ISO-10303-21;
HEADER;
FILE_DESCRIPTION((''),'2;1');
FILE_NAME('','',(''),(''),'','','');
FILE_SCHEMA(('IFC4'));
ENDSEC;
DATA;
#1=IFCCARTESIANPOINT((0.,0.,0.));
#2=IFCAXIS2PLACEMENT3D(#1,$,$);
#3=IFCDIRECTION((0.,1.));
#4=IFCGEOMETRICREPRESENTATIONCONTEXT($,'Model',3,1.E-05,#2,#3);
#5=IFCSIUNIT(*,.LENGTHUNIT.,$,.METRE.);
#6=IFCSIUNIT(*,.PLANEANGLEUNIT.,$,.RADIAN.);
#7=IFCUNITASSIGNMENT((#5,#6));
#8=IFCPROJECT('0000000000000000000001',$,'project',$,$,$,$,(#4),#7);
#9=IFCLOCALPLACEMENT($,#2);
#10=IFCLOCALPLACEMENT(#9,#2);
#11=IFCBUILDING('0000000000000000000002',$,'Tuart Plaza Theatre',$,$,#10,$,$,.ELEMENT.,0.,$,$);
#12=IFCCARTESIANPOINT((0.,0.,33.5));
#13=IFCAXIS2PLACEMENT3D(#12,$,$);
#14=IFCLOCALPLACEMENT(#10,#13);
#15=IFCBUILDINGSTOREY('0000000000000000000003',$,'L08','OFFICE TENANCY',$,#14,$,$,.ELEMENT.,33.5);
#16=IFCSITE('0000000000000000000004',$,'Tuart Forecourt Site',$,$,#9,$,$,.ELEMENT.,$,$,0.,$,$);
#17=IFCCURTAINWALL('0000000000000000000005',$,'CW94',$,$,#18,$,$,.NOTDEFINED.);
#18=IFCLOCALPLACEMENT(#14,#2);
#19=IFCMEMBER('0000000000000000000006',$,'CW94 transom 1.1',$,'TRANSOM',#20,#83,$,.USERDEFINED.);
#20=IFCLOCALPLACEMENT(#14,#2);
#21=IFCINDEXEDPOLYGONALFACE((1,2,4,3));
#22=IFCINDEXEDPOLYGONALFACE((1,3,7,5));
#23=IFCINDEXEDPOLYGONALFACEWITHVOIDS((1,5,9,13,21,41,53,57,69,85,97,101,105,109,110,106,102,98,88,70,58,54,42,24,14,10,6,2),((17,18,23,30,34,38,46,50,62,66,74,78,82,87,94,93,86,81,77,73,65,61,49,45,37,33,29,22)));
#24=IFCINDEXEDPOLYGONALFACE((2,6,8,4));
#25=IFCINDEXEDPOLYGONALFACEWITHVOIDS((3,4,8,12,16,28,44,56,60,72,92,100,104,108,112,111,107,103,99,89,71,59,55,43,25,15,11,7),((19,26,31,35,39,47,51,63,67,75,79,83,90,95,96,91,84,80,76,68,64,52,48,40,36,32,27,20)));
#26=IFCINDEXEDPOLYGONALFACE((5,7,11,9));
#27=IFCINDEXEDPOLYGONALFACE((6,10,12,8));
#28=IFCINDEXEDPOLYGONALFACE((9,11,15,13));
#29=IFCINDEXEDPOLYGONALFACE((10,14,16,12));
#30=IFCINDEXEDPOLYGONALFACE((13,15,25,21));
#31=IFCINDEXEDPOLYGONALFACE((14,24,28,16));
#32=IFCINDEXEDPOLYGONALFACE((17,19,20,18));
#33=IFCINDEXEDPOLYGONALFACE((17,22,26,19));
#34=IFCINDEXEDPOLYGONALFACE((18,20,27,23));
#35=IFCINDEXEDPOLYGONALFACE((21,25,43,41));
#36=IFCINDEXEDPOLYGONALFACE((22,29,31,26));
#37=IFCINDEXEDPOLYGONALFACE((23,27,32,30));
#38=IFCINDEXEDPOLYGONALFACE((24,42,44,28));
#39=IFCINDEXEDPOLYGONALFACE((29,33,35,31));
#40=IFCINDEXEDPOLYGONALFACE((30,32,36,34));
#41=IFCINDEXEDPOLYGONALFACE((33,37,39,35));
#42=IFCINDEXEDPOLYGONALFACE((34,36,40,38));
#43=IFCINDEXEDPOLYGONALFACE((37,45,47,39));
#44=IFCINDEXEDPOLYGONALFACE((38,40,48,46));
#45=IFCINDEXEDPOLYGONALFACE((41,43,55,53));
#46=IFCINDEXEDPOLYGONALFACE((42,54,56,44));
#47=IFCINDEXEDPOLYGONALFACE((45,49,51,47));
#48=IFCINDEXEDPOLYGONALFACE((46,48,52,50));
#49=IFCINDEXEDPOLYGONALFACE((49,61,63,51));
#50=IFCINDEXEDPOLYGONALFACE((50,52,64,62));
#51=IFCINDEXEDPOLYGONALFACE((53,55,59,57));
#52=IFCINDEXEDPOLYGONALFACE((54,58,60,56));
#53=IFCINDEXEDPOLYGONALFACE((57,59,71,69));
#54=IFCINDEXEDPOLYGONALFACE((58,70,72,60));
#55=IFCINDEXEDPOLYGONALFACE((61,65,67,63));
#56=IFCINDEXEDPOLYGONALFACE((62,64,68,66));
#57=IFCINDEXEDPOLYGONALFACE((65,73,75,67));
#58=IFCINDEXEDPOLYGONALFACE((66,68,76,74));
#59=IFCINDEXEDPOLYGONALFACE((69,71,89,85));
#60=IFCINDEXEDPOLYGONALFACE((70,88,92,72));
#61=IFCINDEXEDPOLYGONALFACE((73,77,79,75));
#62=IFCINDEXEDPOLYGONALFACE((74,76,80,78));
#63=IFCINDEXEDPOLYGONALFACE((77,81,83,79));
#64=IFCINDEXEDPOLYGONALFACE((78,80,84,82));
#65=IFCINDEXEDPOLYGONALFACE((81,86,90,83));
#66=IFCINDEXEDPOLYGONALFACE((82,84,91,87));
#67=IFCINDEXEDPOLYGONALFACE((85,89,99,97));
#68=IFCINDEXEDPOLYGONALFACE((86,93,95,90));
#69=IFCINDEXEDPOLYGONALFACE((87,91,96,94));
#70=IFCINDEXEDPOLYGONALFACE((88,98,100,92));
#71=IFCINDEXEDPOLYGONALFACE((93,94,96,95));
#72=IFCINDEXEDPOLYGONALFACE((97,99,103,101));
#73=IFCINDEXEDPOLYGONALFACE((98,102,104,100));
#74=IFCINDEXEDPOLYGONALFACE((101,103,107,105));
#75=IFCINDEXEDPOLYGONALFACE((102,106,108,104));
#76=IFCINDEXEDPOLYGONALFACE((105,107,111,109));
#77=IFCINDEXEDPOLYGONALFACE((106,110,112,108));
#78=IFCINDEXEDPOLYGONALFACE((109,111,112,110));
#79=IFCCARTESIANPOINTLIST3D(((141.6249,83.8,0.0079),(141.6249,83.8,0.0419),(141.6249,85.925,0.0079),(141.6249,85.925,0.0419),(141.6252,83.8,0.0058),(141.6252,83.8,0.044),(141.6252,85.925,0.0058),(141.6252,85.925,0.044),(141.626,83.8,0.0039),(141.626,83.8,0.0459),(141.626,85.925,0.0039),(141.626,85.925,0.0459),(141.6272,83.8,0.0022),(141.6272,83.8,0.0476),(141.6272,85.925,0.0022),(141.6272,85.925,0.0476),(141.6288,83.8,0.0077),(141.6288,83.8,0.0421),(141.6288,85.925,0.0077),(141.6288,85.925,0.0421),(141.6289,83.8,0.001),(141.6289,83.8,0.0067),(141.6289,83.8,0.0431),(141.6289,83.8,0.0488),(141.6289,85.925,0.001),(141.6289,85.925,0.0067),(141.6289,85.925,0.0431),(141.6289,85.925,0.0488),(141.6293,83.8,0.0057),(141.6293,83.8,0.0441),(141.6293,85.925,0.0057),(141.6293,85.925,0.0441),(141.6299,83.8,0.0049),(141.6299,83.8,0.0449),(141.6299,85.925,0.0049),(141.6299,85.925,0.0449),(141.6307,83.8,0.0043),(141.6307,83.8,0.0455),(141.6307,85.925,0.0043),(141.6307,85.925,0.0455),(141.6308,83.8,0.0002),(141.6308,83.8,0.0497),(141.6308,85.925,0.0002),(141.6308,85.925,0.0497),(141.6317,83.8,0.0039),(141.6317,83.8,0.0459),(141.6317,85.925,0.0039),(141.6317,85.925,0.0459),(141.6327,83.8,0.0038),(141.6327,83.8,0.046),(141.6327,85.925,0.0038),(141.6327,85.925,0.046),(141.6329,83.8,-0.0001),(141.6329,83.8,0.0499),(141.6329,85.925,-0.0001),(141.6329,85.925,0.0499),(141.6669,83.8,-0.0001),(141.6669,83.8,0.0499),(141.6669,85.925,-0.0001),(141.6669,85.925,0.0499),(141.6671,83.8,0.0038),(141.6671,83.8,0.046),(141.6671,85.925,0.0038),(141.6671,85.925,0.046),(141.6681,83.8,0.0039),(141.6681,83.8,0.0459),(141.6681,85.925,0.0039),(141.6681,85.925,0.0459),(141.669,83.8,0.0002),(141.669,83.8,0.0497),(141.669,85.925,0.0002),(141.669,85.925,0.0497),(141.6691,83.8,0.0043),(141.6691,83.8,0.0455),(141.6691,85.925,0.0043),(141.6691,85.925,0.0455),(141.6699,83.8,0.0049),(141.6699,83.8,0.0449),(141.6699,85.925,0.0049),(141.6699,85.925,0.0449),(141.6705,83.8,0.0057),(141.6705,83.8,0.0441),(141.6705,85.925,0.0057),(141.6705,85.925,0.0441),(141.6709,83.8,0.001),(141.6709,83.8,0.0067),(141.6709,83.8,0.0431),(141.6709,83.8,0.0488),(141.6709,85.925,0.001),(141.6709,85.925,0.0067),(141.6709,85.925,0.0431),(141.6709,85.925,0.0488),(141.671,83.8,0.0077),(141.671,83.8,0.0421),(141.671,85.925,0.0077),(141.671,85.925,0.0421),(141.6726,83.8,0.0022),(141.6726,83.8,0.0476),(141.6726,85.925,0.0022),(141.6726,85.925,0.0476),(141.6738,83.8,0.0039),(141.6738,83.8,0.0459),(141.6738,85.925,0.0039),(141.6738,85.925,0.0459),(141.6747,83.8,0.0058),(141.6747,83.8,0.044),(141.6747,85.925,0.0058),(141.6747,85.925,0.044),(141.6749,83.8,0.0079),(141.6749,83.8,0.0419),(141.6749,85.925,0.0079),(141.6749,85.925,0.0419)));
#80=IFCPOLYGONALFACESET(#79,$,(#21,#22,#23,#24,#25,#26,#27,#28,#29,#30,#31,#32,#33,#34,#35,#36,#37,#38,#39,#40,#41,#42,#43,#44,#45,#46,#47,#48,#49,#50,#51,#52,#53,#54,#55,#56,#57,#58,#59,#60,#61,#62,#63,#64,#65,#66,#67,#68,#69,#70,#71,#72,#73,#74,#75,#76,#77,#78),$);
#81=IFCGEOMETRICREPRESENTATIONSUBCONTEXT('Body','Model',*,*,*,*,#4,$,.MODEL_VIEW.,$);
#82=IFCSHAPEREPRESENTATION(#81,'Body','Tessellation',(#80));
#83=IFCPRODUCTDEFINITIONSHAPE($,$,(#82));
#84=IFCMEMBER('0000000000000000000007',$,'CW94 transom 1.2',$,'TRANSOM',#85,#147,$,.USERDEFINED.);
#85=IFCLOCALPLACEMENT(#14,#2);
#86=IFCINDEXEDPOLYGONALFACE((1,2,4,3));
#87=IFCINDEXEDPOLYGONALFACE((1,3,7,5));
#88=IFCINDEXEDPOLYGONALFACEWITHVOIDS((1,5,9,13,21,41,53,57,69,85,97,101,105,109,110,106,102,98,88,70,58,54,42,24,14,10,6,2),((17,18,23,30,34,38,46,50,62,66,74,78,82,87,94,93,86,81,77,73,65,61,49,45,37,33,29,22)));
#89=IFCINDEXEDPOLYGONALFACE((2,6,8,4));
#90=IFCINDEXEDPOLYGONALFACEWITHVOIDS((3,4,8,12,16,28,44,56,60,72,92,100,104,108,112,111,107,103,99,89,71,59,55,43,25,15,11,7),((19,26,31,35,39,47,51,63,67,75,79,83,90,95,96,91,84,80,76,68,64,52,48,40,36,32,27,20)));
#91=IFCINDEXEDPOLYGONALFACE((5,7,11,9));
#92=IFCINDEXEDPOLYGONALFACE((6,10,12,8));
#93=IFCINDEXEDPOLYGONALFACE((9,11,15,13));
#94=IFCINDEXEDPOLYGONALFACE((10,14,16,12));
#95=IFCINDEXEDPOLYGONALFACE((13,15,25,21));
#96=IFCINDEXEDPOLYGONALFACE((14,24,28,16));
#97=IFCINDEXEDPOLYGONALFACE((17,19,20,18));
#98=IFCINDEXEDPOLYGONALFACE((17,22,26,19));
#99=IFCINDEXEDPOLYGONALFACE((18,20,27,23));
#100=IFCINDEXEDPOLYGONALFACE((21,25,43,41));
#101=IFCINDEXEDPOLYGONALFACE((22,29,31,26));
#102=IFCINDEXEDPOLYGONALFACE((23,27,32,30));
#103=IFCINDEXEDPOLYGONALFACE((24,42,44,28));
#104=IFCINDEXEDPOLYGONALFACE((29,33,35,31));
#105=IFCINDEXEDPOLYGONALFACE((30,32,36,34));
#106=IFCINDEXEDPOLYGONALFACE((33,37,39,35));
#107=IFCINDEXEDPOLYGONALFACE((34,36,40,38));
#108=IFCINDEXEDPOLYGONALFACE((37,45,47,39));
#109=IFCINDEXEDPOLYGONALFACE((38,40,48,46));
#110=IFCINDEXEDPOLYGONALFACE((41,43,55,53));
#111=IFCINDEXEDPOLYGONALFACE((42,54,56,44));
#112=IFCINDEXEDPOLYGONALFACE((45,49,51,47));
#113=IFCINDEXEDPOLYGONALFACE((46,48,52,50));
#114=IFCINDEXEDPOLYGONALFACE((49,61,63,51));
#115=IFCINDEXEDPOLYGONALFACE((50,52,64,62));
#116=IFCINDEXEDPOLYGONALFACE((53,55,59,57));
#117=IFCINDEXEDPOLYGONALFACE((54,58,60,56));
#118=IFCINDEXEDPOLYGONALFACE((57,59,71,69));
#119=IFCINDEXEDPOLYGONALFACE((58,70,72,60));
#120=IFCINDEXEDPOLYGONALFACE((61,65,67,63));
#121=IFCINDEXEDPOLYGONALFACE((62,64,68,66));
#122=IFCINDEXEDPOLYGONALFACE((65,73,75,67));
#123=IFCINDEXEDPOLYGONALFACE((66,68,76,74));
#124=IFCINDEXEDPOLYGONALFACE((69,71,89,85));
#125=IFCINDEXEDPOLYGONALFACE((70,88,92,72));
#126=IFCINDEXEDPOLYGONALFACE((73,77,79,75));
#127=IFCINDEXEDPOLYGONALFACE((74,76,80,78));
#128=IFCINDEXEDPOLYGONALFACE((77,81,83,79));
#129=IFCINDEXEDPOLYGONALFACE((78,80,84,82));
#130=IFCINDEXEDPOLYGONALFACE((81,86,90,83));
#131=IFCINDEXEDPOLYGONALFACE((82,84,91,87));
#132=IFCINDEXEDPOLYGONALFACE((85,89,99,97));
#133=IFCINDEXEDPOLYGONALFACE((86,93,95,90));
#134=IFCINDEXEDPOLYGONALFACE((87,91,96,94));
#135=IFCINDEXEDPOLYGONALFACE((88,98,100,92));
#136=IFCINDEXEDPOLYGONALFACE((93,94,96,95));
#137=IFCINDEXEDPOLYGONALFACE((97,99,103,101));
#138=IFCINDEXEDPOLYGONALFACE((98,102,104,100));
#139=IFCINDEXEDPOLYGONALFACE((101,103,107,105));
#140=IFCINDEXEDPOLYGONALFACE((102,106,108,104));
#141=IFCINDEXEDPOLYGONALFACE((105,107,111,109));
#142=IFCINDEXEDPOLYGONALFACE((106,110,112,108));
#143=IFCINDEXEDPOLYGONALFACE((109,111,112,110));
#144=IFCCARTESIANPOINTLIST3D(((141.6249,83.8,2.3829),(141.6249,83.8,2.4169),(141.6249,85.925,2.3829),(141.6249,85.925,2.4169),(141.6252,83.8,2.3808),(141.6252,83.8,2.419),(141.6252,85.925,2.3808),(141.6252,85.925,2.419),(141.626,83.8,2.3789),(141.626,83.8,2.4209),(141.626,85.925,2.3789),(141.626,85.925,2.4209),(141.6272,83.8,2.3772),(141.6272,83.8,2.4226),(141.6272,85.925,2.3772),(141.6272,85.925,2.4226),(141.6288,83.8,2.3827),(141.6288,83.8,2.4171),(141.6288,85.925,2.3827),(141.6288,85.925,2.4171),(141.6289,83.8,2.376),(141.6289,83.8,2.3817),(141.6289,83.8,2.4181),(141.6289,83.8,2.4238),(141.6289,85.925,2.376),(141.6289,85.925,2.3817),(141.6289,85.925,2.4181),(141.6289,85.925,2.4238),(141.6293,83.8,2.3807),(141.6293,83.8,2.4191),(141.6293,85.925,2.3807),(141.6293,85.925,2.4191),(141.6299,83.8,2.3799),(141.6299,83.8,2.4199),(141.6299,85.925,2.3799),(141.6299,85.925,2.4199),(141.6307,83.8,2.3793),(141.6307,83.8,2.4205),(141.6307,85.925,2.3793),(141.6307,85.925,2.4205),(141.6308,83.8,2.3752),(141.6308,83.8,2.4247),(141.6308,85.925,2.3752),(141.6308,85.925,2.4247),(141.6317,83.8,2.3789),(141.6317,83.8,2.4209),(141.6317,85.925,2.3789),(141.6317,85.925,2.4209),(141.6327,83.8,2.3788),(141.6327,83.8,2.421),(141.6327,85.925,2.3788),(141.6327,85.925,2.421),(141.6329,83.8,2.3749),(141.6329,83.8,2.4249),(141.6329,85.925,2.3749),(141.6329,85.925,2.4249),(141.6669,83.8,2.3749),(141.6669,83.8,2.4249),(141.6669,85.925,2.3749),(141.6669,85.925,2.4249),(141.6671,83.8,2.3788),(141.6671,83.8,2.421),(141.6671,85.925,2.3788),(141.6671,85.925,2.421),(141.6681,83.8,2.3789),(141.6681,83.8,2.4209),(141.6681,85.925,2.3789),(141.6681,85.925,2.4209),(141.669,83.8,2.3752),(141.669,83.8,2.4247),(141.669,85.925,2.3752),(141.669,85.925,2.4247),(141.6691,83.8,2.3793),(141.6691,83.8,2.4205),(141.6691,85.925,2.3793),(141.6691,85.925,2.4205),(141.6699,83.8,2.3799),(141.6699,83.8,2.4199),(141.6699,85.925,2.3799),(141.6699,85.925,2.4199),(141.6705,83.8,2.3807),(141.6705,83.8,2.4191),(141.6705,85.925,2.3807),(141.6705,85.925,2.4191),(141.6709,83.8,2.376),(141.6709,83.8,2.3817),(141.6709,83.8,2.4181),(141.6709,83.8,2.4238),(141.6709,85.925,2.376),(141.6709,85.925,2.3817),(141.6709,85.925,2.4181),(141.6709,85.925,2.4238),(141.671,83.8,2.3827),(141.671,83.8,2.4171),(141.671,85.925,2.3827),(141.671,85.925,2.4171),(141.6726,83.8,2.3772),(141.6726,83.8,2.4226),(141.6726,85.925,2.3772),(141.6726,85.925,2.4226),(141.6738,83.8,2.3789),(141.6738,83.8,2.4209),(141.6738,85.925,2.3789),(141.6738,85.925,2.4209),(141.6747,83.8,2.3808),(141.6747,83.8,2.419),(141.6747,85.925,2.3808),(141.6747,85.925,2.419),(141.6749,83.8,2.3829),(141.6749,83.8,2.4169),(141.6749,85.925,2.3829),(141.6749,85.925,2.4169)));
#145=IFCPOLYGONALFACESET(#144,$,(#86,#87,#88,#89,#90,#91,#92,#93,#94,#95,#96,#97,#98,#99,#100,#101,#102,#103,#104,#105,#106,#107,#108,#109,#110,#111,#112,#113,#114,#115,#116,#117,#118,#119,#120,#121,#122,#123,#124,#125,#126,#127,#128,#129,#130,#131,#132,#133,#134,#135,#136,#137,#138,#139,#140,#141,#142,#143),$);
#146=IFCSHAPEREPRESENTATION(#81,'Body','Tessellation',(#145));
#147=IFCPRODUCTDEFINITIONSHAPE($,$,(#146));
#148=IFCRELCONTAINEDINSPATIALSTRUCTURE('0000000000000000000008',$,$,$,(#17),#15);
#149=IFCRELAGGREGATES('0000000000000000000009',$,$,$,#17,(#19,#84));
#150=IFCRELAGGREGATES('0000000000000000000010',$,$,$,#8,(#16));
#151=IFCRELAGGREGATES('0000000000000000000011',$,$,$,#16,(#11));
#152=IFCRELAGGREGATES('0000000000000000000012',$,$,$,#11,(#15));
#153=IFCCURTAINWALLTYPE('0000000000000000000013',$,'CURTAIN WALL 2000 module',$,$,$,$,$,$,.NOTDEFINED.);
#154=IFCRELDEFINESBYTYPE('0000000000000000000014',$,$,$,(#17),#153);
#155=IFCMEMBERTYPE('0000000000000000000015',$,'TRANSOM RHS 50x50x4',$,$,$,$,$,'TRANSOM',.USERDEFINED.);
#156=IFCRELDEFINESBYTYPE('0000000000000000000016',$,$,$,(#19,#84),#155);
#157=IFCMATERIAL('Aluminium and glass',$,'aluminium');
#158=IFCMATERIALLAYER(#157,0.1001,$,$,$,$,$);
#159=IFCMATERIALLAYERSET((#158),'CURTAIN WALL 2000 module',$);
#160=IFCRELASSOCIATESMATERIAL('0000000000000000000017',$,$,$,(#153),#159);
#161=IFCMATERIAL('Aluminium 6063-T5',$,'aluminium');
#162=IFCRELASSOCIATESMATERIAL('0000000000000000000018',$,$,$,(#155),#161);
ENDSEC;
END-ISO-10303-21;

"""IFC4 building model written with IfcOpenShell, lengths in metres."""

from ifc_helpers import new_model, si_unit, direction, frame, origin, origin_2d, place, context, subcontext, project, spatial, hollow_rectangle, extrude, material, layer, layer_set, material_profile, profile_set, type_object, element, aggregate, save


model = new_model("IFC4")

# Units and contexts
model_context = context("Model", 3, precision=1e-05, world=origin(), true_north=direction((0.0, 1.0)))
body_context = subcontext(model_context, "Body", "Model", "MODEL_VIEW")
ifc_project = project(units=[si_unit("LENGTHUNIT", "METRE"), si_unit("PLANEANGLEUNIT", "RADIAN")], contexts=[model_context])

# Site, building, storey
site_placement = place(None, origin())
site = spatial("IfcSite", under=ifc_project, at=site_placement, Name="Tuart Forecourt Site", CompositionType="ELEMENT", RefElevation=0.0)
building_placement = place(site_placement, origin())
building = spatial("IfcBuilding", under=site, at=building_placement, Name="Tuart Plaza Theatre", CompositionType="ELEMENT", ElevationOfRefHeight=0.0)
storey_placement = place(building_placement, frame((0.0, 0.0, 33.5)))
storey = spatial("IfcBuildingStorey", under=building, at=storey_placement, Name="L08", Description="OFFICE TENANCY", CompositionType="ELEMENT", Elevation=33.5)

# Curtain wall, members
ifc_material_1 = material(Name="Aluminium and glass", Category="aluminium")
ifc_layer_1 = layer(ifc_material_1, 0.1001)
ifc_layer_set_1 = layer_set([ifc_layer_1], Name="CURTAIN WALL 2000 module")
curtain_wall_type = type_object("IfcCurtainWallType", Name="CURTAIN WALL 2000 module", PredefinedType="NOTDEFINED", material=ifc_layer_set_1)
curtain_wall_placement = place(storey_placement, origin())
curtain_wall = element("IfcCurtainWall", 1, at=curtain_wall_placement, inside=storey, type_object=curtain_wall_type, Name="CW94", PredefinedType="NOTDEFINED")
ifc_material_2 = material(Name="Aluminium 6063-T5", Category="aluminium")
ifc_material_profile_1 = material_profile(ifc_material_2, hollow_rectangle(XDim=0.05, YDim=0.05, WallThickness=0.0039, InnerFilletRadius=0.0039, OuterFilletRadius=0.0081, at=origin_2d()), Name="RHS 50x50x4")
ifc_profile_set_1 = profile_set([ifc_material_profile_1], Name="Aluminium 6063-T5")
member_type_1 = type_object("IfcMemberType", Name="TRANSOM RHS 50x50x4", ElementType="TRANSOM", PredefinedType="USERDEFINED", material=ifc_profile_set_1)
member_1_placement = place(storey_placement, frame((141.6499, 83.8, 0.0249), z_axis=(0.0, 1.0, 0.0), x_axis=(-1.0, 0.0, 0.0)))
member_1 = element("IfcMember", 2, at=member_1_placement, type_object=member_type_1, Name="CW94 transom 1.1", ObjectType="TRANSOM", PredefinedType="USERDEFINED", context=body_context, shape_type="SweptSolid", body=[
    extrude(hollow_rectangle(XDim=0.05, YDim=0.05, WallThickness=0.0039, InnerFilletRadius=0.0039, OuterFilletRadius=0.0081, at=origin_2d()), origin(), (0.0, 0.0, 1.0), 2.125),
])
member_2_placement = place(storey_placement, frame((141.6499, 83.8, 2.3999), z_axis=(0.0, 1.0, 0.0), x_axis=(-1.0, 0.0, 0.0)))
member_2 = element("IfcMember", 3, at=member_2_placement, type_object=member_type_1, Name="CW94 transom 1.2", ObjectType="TRANSOM", PredefinedType="USERDEFINED", context=body_context, shape_type="SweptSolid", body=[
    extrude(hollow_rectangle(XDim=0.05, YDim=0.05, WallThickness=0.0039, InnerFilletRadius=0.0039, OuterFilletRadius=0.0081, at=origin_2d()), origin(), (0.0, 0.0, 1.0), 2.125),
])
aggregate(curtain_wall, [member_1, member_2])

save(model, "model.ifc")
